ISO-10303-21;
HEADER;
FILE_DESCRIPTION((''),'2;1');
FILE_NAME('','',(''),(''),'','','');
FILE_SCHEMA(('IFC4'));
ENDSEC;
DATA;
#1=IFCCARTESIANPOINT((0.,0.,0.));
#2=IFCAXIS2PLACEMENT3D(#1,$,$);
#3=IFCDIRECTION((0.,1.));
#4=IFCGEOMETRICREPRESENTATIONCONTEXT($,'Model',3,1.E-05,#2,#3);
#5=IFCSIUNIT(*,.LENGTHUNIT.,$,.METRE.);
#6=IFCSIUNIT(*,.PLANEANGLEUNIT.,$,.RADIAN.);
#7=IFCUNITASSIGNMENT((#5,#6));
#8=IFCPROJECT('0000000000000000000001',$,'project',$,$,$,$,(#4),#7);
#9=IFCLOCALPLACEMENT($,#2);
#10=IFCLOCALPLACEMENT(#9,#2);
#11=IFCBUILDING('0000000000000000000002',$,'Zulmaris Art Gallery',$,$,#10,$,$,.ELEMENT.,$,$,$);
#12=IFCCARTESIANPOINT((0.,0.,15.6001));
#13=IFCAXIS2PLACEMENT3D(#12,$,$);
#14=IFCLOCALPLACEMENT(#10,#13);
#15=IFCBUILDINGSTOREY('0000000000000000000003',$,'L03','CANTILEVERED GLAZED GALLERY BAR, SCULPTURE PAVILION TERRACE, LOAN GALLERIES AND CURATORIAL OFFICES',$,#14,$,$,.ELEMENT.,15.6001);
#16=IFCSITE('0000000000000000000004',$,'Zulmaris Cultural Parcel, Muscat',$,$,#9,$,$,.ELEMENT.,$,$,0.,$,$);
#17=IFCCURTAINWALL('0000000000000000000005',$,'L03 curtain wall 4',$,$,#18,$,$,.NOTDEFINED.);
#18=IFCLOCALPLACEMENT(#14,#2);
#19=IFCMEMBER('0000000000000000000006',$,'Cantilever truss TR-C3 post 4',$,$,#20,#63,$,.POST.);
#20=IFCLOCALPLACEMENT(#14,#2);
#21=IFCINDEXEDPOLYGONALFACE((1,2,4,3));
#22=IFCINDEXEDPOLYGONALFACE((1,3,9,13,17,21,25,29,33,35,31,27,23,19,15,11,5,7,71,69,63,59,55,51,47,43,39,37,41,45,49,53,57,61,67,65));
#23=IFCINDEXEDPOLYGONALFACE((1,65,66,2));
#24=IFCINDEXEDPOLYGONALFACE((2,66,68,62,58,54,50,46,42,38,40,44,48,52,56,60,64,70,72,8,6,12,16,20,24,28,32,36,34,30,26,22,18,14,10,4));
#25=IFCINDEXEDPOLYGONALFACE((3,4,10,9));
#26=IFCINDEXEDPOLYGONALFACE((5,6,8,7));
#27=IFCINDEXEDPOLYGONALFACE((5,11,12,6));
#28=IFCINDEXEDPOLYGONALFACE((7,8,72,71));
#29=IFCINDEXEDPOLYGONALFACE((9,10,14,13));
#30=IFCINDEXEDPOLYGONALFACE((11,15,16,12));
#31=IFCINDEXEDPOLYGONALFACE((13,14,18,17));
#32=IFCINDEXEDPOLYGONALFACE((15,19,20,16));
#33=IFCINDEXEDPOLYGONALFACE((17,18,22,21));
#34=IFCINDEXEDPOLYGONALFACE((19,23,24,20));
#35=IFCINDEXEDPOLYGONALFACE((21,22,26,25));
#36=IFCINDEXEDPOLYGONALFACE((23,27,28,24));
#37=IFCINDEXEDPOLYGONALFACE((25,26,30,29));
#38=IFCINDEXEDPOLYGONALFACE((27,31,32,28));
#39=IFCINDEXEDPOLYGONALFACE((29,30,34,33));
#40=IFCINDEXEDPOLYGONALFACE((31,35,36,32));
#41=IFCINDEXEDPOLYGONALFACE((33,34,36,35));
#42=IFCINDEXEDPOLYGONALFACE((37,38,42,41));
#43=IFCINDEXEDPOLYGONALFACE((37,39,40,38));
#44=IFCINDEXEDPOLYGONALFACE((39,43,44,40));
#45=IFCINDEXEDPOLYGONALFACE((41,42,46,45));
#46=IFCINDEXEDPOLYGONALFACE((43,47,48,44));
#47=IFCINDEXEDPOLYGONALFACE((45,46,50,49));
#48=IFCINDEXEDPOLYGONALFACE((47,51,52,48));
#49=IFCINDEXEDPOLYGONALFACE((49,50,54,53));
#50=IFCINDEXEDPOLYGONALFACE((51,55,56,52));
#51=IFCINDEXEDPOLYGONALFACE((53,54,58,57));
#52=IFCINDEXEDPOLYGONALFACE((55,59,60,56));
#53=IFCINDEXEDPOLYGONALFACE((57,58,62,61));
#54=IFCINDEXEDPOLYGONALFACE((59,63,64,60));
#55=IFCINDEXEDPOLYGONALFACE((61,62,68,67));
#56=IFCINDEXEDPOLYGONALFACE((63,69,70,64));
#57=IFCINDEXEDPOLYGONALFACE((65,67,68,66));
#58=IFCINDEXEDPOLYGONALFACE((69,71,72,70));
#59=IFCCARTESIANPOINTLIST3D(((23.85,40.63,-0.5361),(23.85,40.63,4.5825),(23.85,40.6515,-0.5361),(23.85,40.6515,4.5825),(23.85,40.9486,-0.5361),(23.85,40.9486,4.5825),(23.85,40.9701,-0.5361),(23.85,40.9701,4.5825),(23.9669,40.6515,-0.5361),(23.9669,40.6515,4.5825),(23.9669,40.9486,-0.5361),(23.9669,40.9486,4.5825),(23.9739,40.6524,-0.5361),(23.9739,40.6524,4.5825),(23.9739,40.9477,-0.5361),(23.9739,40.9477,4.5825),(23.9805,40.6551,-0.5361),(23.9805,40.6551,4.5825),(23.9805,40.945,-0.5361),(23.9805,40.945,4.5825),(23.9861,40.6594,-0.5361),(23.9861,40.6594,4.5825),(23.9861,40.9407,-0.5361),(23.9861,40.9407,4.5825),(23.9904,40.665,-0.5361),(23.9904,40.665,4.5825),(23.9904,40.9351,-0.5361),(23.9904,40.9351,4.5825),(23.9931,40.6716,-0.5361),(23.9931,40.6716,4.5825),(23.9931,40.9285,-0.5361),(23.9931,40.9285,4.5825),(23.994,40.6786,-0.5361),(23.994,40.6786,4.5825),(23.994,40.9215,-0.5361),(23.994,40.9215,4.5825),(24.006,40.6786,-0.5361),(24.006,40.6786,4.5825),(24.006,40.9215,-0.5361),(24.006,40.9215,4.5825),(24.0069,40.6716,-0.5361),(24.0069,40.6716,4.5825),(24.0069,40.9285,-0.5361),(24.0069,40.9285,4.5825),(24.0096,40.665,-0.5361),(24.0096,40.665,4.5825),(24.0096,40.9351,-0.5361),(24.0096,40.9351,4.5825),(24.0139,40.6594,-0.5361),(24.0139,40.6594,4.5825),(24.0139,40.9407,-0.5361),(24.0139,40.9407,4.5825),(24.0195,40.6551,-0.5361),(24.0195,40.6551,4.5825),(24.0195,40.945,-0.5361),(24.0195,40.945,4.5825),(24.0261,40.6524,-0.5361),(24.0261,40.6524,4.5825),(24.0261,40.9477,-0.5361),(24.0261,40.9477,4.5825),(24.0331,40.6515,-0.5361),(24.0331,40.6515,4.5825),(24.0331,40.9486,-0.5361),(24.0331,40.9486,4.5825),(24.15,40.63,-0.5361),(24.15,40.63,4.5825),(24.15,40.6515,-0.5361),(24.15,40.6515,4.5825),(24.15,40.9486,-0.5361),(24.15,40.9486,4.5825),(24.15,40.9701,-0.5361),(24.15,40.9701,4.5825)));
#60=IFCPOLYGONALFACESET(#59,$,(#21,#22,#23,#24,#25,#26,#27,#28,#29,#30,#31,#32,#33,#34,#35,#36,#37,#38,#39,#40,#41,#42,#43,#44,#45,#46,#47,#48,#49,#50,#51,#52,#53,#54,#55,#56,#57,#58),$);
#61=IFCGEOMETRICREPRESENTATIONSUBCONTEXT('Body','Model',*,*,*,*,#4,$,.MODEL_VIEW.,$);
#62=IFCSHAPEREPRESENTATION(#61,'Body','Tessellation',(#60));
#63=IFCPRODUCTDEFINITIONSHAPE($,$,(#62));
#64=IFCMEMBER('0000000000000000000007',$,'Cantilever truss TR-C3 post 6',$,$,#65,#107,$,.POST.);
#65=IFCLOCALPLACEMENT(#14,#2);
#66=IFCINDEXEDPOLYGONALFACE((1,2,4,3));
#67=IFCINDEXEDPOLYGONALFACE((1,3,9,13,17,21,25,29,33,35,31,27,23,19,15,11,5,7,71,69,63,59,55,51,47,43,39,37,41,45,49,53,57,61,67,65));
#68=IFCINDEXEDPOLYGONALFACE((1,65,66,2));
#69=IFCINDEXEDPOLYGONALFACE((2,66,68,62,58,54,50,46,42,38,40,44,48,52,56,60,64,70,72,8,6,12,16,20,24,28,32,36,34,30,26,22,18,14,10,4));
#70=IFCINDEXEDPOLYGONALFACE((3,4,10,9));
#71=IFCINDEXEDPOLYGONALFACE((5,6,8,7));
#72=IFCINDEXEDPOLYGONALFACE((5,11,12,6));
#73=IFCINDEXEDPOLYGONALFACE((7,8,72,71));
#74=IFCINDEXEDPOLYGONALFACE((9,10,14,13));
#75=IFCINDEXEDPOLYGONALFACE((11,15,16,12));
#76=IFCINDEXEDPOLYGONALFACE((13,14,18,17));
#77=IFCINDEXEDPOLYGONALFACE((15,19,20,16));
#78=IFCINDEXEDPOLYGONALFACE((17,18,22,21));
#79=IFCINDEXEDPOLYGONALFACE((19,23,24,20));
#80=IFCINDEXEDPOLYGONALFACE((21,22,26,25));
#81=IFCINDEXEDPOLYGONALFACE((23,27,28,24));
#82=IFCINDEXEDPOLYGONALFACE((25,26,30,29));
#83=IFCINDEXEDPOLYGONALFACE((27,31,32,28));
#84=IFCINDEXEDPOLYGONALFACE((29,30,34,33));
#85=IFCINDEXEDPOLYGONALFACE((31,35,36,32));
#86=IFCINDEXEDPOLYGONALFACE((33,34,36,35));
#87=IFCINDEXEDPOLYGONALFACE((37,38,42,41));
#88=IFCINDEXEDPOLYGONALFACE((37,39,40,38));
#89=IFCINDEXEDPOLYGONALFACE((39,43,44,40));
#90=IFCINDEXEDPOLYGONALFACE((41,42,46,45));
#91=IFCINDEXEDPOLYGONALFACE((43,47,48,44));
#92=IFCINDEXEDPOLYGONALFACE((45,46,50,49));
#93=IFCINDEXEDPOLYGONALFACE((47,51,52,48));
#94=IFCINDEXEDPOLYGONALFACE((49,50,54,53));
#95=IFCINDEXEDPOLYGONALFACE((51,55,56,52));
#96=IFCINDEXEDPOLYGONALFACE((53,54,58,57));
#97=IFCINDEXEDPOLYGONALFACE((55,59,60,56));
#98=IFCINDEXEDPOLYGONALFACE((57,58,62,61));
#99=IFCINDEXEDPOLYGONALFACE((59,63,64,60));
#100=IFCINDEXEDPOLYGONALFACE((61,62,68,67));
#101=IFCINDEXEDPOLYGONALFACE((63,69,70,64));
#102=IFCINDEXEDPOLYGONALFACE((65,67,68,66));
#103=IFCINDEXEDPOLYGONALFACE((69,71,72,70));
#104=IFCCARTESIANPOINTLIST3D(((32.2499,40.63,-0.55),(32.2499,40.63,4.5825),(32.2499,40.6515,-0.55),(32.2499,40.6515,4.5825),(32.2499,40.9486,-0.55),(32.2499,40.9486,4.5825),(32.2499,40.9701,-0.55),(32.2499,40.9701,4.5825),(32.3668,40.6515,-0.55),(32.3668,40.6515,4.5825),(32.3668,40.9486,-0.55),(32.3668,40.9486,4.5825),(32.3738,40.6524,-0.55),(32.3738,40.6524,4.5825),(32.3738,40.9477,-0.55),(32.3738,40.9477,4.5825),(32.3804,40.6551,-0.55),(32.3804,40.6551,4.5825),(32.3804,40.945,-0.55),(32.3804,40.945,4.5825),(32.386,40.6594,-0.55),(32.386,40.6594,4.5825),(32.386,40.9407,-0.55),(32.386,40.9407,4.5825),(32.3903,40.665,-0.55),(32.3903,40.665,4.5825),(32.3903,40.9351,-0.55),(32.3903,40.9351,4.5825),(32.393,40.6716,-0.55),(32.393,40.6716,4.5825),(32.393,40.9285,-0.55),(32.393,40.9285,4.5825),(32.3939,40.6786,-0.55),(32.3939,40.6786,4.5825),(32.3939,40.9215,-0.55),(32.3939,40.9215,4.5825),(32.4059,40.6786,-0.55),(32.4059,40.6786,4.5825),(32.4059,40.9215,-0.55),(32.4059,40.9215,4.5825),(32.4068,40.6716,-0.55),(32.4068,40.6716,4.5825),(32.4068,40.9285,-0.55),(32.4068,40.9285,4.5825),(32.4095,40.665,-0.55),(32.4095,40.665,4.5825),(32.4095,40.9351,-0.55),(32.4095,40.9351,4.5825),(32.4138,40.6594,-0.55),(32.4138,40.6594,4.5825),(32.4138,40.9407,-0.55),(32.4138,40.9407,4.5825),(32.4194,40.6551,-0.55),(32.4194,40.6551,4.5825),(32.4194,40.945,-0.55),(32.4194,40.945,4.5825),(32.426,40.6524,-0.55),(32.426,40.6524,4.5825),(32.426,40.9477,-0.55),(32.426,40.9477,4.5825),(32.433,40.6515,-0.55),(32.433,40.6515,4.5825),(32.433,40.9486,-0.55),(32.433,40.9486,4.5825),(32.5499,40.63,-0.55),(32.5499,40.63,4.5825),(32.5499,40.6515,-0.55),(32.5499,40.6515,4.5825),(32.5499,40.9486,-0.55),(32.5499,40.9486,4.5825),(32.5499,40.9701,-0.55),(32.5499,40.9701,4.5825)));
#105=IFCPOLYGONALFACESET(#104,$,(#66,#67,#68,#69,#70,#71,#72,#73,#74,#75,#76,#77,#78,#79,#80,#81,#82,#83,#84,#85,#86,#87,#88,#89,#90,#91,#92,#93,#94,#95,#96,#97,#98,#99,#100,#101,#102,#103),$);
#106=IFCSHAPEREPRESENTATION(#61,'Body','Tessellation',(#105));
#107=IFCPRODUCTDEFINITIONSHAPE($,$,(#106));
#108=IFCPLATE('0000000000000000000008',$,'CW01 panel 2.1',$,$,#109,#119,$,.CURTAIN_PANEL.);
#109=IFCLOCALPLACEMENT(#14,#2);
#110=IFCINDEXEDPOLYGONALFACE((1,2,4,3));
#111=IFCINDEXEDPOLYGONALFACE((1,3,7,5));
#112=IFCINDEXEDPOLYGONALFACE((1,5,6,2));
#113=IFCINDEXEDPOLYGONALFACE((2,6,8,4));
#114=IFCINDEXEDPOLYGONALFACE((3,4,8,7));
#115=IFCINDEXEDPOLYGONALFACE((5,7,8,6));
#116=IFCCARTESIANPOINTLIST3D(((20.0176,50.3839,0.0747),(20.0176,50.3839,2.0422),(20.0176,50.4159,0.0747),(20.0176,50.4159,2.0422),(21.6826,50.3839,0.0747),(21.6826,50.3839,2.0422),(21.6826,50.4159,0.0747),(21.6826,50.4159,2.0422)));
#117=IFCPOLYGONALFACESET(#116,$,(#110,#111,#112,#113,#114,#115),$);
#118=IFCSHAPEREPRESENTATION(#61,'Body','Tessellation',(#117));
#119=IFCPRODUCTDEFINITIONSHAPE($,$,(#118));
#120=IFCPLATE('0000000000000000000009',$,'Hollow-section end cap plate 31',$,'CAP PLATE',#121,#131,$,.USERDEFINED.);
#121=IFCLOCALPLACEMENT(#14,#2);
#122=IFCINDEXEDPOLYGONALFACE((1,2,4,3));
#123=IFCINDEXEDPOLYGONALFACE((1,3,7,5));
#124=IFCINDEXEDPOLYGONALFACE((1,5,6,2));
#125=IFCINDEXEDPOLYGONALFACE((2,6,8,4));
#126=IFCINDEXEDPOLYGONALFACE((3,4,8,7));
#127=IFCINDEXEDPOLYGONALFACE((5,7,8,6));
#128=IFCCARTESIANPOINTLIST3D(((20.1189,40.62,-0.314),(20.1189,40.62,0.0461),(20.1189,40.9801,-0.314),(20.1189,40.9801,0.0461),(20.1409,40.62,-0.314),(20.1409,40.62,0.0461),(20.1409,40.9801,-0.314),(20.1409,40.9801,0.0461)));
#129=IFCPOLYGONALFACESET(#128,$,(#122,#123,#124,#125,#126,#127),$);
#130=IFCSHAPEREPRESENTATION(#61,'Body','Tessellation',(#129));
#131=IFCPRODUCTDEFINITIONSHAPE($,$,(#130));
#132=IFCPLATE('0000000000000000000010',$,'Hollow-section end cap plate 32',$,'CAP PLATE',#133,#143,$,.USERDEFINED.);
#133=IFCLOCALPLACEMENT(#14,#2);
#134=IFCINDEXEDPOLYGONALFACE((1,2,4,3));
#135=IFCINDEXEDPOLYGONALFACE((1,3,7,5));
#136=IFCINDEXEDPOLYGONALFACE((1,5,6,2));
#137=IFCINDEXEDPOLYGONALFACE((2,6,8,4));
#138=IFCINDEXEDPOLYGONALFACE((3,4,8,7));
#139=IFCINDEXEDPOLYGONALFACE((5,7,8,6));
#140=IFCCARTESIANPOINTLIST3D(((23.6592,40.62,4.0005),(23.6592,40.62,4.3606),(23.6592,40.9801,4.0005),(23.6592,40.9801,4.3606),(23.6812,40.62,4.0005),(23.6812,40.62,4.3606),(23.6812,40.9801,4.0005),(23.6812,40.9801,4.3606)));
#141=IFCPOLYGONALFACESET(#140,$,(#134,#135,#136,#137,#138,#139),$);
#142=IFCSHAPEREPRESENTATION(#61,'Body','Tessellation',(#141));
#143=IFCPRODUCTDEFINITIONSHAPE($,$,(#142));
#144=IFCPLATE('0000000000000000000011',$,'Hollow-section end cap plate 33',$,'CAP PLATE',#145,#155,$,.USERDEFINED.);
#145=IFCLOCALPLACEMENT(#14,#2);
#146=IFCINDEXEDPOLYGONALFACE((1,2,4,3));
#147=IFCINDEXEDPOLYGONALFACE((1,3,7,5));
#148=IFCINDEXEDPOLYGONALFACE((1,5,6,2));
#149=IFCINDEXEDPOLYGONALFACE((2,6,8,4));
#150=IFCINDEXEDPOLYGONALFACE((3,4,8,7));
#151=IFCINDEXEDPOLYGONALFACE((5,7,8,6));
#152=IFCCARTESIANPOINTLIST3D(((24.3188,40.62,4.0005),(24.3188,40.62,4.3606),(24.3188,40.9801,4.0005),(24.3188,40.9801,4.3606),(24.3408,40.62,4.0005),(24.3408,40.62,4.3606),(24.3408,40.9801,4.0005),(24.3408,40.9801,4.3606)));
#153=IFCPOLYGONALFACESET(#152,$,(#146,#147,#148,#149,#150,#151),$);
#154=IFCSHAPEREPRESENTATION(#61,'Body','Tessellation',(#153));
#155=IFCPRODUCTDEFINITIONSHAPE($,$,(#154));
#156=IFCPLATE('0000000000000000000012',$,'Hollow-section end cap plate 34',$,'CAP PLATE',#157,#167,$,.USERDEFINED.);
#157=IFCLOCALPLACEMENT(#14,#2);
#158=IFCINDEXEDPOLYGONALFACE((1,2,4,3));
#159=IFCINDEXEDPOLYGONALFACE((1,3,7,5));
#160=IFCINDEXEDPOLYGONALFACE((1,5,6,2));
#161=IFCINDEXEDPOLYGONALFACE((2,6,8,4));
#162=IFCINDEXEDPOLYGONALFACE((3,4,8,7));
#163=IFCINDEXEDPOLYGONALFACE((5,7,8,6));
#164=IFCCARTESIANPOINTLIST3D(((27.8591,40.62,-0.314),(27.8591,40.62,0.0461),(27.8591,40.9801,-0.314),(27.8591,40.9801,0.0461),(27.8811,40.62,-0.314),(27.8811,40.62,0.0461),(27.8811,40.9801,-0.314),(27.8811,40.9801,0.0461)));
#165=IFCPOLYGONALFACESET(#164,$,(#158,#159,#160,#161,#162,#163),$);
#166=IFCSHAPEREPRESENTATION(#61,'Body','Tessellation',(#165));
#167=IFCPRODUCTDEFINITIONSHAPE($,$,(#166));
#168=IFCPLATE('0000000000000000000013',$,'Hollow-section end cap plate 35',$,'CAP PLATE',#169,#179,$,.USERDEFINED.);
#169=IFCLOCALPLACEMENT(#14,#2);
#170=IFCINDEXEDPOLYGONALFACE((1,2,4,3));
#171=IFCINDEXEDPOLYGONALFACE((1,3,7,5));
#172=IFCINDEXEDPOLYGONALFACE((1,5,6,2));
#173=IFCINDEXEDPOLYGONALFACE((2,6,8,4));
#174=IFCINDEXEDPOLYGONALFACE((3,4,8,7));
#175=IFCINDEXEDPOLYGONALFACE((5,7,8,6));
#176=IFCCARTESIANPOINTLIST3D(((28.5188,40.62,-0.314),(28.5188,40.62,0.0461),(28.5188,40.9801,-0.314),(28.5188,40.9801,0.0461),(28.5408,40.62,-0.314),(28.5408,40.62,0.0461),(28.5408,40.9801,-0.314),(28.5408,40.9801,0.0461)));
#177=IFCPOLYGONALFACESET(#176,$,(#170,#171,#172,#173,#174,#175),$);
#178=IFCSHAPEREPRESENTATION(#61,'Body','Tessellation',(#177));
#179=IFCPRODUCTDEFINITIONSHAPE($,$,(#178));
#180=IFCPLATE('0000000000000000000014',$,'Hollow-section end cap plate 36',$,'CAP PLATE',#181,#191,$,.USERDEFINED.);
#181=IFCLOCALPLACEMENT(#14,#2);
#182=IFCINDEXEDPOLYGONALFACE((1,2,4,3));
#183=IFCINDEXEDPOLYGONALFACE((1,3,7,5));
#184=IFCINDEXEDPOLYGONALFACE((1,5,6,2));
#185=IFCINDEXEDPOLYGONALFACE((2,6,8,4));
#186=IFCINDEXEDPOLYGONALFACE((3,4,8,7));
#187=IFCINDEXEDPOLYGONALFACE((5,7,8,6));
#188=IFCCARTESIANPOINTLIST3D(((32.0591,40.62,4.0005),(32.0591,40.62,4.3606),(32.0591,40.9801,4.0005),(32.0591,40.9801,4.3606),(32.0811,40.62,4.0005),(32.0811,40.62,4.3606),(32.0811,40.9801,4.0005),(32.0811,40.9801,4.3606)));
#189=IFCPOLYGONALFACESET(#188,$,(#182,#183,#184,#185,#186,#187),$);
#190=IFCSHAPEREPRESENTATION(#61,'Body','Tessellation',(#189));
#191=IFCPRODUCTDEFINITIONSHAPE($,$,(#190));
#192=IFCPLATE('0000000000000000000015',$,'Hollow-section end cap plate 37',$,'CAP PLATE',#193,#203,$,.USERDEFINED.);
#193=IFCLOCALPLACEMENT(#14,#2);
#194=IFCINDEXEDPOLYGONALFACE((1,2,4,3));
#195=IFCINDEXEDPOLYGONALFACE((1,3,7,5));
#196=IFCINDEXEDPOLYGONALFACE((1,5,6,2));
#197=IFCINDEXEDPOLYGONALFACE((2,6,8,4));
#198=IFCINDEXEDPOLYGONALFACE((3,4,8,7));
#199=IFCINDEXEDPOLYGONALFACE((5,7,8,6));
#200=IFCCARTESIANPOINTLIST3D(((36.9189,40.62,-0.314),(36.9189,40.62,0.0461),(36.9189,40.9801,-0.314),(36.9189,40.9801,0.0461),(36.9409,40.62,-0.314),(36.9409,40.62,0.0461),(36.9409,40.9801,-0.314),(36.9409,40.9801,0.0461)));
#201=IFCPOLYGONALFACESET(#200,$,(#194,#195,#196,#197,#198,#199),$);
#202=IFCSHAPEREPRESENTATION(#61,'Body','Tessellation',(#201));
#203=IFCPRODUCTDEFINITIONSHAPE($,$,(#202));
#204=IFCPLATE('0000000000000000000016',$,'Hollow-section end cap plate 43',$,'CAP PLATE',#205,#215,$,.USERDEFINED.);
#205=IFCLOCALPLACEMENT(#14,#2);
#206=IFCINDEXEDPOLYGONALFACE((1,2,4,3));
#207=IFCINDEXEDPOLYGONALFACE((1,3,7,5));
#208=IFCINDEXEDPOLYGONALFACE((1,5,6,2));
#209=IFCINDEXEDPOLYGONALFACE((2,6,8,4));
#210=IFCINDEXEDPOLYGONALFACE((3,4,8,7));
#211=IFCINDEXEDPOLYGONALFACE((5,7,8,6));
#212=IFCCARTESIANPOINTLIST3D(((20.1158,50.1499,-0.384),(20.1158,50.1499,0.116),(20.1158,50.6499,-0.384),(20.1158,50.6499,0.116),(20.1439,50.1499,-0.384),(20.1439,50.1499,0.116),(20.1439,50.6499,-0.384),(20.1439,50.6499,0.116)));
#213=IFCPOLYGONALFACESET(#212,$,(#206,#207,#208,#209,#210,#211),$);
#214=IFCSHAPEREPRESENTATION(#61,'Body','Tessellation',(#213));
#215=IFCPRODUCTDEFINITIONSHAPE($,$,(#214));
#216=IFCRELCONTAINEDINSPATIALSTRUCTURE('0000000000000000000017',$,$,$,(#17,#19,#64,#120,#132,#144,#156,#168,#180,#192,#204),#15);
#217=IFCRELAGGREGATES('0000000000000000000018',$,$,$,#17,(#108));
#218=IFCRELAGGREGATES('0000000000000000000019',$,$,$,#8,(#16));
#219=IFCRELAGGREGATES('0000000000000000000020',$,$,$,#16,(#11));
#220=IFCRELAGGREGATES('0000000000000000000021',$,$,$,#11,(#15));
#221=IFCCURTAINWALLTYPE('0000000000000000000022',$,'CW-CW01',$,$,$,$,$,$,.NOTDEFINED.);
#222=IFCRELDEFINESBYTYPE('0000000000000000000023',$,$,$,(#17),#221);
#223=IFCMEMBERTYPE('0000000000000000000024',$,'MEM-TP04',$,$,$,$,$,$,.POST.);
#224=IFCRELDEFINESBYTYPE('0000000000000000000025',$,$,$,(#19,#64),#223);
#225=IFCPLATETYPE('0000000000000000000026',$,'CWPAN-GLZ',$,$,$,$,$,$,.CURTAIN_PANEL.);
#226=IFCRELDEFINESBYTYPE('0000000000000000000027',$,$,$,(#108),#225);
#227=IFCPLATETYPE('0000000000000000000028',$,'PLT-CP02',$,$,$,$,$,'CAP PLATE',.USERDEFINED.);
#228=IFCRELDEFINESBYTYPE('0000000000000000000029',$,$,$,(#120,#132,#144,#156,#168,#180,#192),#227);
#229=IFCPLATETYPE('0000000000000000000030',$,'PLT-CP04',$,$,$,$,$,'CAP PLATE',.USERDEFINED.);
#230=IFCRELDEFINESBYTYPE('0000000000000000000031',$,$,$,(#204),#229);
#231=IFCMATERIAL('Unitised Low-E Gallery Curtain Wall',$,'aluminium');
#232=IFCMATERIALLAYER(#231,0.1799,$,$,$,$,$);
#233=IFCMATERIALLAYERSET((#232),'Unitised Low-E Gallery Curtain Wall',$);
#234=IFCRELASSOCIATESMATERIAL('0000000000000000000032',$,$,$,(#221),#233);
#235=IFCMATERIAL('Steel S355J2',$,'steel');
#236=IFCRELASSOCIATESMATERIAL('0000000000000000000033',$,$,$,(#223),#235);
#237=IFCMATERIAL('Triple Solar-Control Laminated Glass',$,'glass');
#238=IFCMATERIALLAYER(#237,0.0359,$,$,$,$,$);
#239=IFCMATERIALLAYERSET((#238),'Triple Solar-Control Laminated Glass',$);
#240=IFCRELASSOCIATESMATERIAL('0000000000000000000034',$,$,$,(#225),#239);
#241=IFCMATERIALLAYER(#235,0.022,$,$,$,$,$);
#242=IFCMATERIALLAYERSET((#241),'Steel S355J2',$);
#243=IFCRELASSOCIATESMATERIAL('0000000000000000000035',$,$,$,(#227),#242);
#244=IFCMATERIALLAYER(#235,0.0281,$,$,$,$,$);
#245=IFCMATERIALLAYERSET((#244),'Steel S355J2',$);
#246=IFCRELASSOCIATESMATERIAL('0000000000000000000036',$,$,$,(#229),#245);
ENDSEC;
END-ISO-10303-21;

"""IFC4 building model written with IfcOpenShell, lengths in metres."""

from ifc_helpers import new_model, si_unit, direction, frame, origin, origin_2d, place, context, subcontext, project, spatial, rectangle, i_section, extrude, material, layer, layer_set, material_profile, profile_set, type_object, element, aggregate, save


model = new_model("IFC4")

# Units and contexts
model_context = context("Model", 3, precision=1e-05, world=origin(), true_north=direction((0.0, 1.0)))
body_context = subcontext(model_context, "Body", "Model", "MODEL_VIEW")
ifc_project = project(units=[si_unit("LENGTHUNIT", "METRE"), si_unit("PLANEANGLEUNIT", "RADIAN")], contexts=[model_context])

# Site, building, storey
site_placement = place(None, origin())
site = spatial("IfcSite", under=ifc_project, at=site_placement, Name="Zulmaris Cultural Parcel, Muscat", CompositionType="ELEMENT", RefElevation=0.0)
building_placement = place(site_placement, origin())
building = spatial("IfcBuilding", under=site, at=building_placement, Name="Zulmaris Art Gallery", CompositionType="ELEMENT")
storey_placement = place(building_placement, frame((0.0, 0.0, 15.6001)))
storey = spatial("IfcBuildingStorey", under=building, at=storey_placement, Name="L03", Description="CANTILEVERED GLAZED GALLERY BAR, SCULPTURE PAVILION TERRACE, LOAN GALLERIES AND CURATORIAL OFFICES", CompositionType="ELEMENT", Elevation=15.6001)

# Shared definitions
ifc_material_1 = material(Name="Steel S355J2", Category="steel")

# Curtain wall
ifc_material_2 = material(Name="Unitised Low-E Gallery Curtain Wall", Category="aluminium")
ifc_layer_1 = layer(ifc_material_2, 0.1799)
ifc_layer_set_1 = layer_set([ifc_layer_1], Name="Unitised Low-E Gallery Curtain Wall")
curtain_wall_type = type_object("IfcCurtainWallType", Name="CW-CW01", PredefinedType="NOTDEFINED", material=ifc_layer_set_1)
curtain_wall_placement = place(storey_placement, origin())
curtain_wall = element("IfcCurtainWall", 1, at=curtain_wall_placement, inside=storey, type_object=curtain_wall_type, Name="L03 curtain wall 4", PredefinedType="NOTDEFINED")

# Members
ifc_material_profile_1 = material_profile(ifc_material_1, i_section(OverallWidth=0.3, OverallDepth=0.3401, WebThickness=0.012, FlangeThickness=0.0215, FilletRadius=0.0271, at=origin_2d()), Name="HEB 340")
ifc_profile_set_1 = profile_set([ifc_material_profile_1], Name="Steel S355J2")
member_type_1 = type_object("IfcMemberType", Name="MEM-TP04", PredefinedType="POST", material=ifc_profile_set_1)
member_1_placement = place(storey_placement, frame((24.0, 40.8, -0.5361), z_axis=(0.0, 0.0, 1.0), x_axis=(1.0, 0.0, 0.0)))
element("IfcMember", 2, at=member_1_placement, inside=storey, type_object=member_type_1, Name="Cantilever truss TR-C3 post 4", PredefinedType="POST", context=body_context, shape_type="SweptSolid", body=[
    extrude(i_section(OverallWidth=0.3, OverallDepth=0.3401, WebThickness=0.012, FlangeThickness=0.0215, FilletRadius=0.0271, at=origin_2d()), origin(), (0.0, 0.0, 1.0), 5.1187),
])
member_2_placement = place(storey_placement, frame((32.3999, 40.8, -0.55), z_axis=(0.0, 0.0, 1.0), x_axis=(1.0, 0.0, 0.0)))
element("IfcMember", 3, at=member_2_placement, inside=storey, type_object=member_type_1, Name="Cantilever truss TR-C3 post 6", PredefinedType="POST", context=body_context, shape_type="SweptSolid", body=[
    extrude(i_section(OverallWidth=0.3, OverallDepth=0.3401, WebThickness=0.012, FlangeThickness=0.0215, FilletRadius=0.0271, at=origin_2d()), origin(), (0.0, 0.0, 1.0), 5.1326),
])

# Plate
ifc_material_3 = material(Name="Triple Solar-Control Laminated Glass", Category="glass")
ifc_layer_2 = layer(ifc_material_3, 0.0359)
ifc_layer_set_2 = layer_set([ifc_layer_2], Name="Triple Solar-Control Laminated Glass")
plate_type_1 = type_object("IfcPlateType", Name="CWPAN-GLZ", PredefinedType="CURTAIN_PANEL", material=ifc_layer_set_2)
plate_1_placement = place(storey_placement, frame((20.8501, 50.3999, 0.0747), z_axis=(0.0, 0.0, 1.0), x_axis=(-1.0, 0.0, 0.0)))
plate_1 = element("IfcPlate", 4, at=plate_1_placement, type_object=plate_type_1, Name="CW01 panel 2.1", PredefinedType="CURTAIN_PANEL", context=body_context, shape_type="SweptSolid", body=[
    extrude(rectangle(XDim=1.665, YDim=0.032, at=origin_2d()), origin(), (0.0, 0.0, 1.0), 1.9675),
])
aggregate(curtain_wall, [plate_1])

# Plates
ifc_layer_3 = layer(ifc_material_1, 0.022)
ifc_layer_set_3 = layer_set([ifc_layer_3], Name="Steel S355J2")
plate_type_2 = type_object("IfcPlateType", Name="PLT-CP02", ElementType="CAP PLATE", PredefinedType="USERDEFINED", material=ifc_layer_set_3)
for number, where, z_axis, x_axis, name in (
    (5, (20.1299, 40.8, -0.314), (0.0, 0.0, 1.0), (1.0, 0.0, 0.0), "Hollow-section end cap plate 31"),
    (6, (23.6702, 40.8, 4.0005), (0.0, 0.0, 1.0), (1.0, 0.0, 0.0), "Hollow-section end cap plate 32"),
    (7, (24.3298, 40.8, 4.0005), (0.0, 0.0, 1.0), (1.0, 0.0, 0.0), "Hollow-section end cap plate 33"),
    (8, (27.8701, 40.8, -0.314), (0.0, 0.0, 1.0), (1.0, 0.0, 0.0), "Hollow-section end cap plate 34"),
    (9, (28.5298, 40.8, -0.314), (0.0, 0.0, 1.0), (1.0, 0.0, 0.0), "Hollow-section end cap plate 35"),
    (10, (32.0701, 40.8, 4.0005), (0.0, 0.0, 1.0), (1.0, 0.0, 0.0), "Hollow-section end cap plate 36"),
    (11, (36.9299, 40.8, -0.314), (0.0, 0.0, 1.0), (1.0, 0.0, 0.0), "Hollow-section end cap plate 37"),
):
    element("IfcPlate", number, at=place(storey_placement, frame(where, z_axis=z_axis, x_axis=x_axis)), inside=storey, type_object=plate_type_2, Name=name, ObjectType="CAP PLATE", PredefinedType="USERDEFINED", context=body_context, shape_type="SweptSolid", body=[
        extrude(rectangle(XDim=0.022, YDim=0.3601, at=origin_2d()), origin(), (0.0, 0.0, 1.0), 0.3601),
    ])
ifc_layer_4 = layer(ifc_material_1, 0.0281)
ifc_layer_set_4 = layer_set([ifc_layer_4], Name="Steel S355J2")
plate_type_3 = type_object("IfcPlateType", Name="PLT-CP04", ElementType="CAP PLATE", PredefinedType="USERDEFINED", material=ifc_layer_set_4)
plate_2_placement = place(storey_placement, frame((20.1299, 50.3999, -0.384), z_axis=(0.0, 0.0, 1.0), x_axis=(1.0, 0.0, 0.0)))
element("IfcPlate", 12, at=plate_2_placement, inside=storey, type_object=plate_type_3, Name="Hollow-section end cap plate 43", ObjectType="CAP PLATE", PredefinedType="USERDEFINED", context=body_context, shape_type="SweptSolid", body=[
    extrude(rectangle(XDim=0.0281, YDim=0.5, at=origin_2d()), origin(), (0.0, 0.0, 1.0), 0.5),
])

save(model, "model.ifc")
